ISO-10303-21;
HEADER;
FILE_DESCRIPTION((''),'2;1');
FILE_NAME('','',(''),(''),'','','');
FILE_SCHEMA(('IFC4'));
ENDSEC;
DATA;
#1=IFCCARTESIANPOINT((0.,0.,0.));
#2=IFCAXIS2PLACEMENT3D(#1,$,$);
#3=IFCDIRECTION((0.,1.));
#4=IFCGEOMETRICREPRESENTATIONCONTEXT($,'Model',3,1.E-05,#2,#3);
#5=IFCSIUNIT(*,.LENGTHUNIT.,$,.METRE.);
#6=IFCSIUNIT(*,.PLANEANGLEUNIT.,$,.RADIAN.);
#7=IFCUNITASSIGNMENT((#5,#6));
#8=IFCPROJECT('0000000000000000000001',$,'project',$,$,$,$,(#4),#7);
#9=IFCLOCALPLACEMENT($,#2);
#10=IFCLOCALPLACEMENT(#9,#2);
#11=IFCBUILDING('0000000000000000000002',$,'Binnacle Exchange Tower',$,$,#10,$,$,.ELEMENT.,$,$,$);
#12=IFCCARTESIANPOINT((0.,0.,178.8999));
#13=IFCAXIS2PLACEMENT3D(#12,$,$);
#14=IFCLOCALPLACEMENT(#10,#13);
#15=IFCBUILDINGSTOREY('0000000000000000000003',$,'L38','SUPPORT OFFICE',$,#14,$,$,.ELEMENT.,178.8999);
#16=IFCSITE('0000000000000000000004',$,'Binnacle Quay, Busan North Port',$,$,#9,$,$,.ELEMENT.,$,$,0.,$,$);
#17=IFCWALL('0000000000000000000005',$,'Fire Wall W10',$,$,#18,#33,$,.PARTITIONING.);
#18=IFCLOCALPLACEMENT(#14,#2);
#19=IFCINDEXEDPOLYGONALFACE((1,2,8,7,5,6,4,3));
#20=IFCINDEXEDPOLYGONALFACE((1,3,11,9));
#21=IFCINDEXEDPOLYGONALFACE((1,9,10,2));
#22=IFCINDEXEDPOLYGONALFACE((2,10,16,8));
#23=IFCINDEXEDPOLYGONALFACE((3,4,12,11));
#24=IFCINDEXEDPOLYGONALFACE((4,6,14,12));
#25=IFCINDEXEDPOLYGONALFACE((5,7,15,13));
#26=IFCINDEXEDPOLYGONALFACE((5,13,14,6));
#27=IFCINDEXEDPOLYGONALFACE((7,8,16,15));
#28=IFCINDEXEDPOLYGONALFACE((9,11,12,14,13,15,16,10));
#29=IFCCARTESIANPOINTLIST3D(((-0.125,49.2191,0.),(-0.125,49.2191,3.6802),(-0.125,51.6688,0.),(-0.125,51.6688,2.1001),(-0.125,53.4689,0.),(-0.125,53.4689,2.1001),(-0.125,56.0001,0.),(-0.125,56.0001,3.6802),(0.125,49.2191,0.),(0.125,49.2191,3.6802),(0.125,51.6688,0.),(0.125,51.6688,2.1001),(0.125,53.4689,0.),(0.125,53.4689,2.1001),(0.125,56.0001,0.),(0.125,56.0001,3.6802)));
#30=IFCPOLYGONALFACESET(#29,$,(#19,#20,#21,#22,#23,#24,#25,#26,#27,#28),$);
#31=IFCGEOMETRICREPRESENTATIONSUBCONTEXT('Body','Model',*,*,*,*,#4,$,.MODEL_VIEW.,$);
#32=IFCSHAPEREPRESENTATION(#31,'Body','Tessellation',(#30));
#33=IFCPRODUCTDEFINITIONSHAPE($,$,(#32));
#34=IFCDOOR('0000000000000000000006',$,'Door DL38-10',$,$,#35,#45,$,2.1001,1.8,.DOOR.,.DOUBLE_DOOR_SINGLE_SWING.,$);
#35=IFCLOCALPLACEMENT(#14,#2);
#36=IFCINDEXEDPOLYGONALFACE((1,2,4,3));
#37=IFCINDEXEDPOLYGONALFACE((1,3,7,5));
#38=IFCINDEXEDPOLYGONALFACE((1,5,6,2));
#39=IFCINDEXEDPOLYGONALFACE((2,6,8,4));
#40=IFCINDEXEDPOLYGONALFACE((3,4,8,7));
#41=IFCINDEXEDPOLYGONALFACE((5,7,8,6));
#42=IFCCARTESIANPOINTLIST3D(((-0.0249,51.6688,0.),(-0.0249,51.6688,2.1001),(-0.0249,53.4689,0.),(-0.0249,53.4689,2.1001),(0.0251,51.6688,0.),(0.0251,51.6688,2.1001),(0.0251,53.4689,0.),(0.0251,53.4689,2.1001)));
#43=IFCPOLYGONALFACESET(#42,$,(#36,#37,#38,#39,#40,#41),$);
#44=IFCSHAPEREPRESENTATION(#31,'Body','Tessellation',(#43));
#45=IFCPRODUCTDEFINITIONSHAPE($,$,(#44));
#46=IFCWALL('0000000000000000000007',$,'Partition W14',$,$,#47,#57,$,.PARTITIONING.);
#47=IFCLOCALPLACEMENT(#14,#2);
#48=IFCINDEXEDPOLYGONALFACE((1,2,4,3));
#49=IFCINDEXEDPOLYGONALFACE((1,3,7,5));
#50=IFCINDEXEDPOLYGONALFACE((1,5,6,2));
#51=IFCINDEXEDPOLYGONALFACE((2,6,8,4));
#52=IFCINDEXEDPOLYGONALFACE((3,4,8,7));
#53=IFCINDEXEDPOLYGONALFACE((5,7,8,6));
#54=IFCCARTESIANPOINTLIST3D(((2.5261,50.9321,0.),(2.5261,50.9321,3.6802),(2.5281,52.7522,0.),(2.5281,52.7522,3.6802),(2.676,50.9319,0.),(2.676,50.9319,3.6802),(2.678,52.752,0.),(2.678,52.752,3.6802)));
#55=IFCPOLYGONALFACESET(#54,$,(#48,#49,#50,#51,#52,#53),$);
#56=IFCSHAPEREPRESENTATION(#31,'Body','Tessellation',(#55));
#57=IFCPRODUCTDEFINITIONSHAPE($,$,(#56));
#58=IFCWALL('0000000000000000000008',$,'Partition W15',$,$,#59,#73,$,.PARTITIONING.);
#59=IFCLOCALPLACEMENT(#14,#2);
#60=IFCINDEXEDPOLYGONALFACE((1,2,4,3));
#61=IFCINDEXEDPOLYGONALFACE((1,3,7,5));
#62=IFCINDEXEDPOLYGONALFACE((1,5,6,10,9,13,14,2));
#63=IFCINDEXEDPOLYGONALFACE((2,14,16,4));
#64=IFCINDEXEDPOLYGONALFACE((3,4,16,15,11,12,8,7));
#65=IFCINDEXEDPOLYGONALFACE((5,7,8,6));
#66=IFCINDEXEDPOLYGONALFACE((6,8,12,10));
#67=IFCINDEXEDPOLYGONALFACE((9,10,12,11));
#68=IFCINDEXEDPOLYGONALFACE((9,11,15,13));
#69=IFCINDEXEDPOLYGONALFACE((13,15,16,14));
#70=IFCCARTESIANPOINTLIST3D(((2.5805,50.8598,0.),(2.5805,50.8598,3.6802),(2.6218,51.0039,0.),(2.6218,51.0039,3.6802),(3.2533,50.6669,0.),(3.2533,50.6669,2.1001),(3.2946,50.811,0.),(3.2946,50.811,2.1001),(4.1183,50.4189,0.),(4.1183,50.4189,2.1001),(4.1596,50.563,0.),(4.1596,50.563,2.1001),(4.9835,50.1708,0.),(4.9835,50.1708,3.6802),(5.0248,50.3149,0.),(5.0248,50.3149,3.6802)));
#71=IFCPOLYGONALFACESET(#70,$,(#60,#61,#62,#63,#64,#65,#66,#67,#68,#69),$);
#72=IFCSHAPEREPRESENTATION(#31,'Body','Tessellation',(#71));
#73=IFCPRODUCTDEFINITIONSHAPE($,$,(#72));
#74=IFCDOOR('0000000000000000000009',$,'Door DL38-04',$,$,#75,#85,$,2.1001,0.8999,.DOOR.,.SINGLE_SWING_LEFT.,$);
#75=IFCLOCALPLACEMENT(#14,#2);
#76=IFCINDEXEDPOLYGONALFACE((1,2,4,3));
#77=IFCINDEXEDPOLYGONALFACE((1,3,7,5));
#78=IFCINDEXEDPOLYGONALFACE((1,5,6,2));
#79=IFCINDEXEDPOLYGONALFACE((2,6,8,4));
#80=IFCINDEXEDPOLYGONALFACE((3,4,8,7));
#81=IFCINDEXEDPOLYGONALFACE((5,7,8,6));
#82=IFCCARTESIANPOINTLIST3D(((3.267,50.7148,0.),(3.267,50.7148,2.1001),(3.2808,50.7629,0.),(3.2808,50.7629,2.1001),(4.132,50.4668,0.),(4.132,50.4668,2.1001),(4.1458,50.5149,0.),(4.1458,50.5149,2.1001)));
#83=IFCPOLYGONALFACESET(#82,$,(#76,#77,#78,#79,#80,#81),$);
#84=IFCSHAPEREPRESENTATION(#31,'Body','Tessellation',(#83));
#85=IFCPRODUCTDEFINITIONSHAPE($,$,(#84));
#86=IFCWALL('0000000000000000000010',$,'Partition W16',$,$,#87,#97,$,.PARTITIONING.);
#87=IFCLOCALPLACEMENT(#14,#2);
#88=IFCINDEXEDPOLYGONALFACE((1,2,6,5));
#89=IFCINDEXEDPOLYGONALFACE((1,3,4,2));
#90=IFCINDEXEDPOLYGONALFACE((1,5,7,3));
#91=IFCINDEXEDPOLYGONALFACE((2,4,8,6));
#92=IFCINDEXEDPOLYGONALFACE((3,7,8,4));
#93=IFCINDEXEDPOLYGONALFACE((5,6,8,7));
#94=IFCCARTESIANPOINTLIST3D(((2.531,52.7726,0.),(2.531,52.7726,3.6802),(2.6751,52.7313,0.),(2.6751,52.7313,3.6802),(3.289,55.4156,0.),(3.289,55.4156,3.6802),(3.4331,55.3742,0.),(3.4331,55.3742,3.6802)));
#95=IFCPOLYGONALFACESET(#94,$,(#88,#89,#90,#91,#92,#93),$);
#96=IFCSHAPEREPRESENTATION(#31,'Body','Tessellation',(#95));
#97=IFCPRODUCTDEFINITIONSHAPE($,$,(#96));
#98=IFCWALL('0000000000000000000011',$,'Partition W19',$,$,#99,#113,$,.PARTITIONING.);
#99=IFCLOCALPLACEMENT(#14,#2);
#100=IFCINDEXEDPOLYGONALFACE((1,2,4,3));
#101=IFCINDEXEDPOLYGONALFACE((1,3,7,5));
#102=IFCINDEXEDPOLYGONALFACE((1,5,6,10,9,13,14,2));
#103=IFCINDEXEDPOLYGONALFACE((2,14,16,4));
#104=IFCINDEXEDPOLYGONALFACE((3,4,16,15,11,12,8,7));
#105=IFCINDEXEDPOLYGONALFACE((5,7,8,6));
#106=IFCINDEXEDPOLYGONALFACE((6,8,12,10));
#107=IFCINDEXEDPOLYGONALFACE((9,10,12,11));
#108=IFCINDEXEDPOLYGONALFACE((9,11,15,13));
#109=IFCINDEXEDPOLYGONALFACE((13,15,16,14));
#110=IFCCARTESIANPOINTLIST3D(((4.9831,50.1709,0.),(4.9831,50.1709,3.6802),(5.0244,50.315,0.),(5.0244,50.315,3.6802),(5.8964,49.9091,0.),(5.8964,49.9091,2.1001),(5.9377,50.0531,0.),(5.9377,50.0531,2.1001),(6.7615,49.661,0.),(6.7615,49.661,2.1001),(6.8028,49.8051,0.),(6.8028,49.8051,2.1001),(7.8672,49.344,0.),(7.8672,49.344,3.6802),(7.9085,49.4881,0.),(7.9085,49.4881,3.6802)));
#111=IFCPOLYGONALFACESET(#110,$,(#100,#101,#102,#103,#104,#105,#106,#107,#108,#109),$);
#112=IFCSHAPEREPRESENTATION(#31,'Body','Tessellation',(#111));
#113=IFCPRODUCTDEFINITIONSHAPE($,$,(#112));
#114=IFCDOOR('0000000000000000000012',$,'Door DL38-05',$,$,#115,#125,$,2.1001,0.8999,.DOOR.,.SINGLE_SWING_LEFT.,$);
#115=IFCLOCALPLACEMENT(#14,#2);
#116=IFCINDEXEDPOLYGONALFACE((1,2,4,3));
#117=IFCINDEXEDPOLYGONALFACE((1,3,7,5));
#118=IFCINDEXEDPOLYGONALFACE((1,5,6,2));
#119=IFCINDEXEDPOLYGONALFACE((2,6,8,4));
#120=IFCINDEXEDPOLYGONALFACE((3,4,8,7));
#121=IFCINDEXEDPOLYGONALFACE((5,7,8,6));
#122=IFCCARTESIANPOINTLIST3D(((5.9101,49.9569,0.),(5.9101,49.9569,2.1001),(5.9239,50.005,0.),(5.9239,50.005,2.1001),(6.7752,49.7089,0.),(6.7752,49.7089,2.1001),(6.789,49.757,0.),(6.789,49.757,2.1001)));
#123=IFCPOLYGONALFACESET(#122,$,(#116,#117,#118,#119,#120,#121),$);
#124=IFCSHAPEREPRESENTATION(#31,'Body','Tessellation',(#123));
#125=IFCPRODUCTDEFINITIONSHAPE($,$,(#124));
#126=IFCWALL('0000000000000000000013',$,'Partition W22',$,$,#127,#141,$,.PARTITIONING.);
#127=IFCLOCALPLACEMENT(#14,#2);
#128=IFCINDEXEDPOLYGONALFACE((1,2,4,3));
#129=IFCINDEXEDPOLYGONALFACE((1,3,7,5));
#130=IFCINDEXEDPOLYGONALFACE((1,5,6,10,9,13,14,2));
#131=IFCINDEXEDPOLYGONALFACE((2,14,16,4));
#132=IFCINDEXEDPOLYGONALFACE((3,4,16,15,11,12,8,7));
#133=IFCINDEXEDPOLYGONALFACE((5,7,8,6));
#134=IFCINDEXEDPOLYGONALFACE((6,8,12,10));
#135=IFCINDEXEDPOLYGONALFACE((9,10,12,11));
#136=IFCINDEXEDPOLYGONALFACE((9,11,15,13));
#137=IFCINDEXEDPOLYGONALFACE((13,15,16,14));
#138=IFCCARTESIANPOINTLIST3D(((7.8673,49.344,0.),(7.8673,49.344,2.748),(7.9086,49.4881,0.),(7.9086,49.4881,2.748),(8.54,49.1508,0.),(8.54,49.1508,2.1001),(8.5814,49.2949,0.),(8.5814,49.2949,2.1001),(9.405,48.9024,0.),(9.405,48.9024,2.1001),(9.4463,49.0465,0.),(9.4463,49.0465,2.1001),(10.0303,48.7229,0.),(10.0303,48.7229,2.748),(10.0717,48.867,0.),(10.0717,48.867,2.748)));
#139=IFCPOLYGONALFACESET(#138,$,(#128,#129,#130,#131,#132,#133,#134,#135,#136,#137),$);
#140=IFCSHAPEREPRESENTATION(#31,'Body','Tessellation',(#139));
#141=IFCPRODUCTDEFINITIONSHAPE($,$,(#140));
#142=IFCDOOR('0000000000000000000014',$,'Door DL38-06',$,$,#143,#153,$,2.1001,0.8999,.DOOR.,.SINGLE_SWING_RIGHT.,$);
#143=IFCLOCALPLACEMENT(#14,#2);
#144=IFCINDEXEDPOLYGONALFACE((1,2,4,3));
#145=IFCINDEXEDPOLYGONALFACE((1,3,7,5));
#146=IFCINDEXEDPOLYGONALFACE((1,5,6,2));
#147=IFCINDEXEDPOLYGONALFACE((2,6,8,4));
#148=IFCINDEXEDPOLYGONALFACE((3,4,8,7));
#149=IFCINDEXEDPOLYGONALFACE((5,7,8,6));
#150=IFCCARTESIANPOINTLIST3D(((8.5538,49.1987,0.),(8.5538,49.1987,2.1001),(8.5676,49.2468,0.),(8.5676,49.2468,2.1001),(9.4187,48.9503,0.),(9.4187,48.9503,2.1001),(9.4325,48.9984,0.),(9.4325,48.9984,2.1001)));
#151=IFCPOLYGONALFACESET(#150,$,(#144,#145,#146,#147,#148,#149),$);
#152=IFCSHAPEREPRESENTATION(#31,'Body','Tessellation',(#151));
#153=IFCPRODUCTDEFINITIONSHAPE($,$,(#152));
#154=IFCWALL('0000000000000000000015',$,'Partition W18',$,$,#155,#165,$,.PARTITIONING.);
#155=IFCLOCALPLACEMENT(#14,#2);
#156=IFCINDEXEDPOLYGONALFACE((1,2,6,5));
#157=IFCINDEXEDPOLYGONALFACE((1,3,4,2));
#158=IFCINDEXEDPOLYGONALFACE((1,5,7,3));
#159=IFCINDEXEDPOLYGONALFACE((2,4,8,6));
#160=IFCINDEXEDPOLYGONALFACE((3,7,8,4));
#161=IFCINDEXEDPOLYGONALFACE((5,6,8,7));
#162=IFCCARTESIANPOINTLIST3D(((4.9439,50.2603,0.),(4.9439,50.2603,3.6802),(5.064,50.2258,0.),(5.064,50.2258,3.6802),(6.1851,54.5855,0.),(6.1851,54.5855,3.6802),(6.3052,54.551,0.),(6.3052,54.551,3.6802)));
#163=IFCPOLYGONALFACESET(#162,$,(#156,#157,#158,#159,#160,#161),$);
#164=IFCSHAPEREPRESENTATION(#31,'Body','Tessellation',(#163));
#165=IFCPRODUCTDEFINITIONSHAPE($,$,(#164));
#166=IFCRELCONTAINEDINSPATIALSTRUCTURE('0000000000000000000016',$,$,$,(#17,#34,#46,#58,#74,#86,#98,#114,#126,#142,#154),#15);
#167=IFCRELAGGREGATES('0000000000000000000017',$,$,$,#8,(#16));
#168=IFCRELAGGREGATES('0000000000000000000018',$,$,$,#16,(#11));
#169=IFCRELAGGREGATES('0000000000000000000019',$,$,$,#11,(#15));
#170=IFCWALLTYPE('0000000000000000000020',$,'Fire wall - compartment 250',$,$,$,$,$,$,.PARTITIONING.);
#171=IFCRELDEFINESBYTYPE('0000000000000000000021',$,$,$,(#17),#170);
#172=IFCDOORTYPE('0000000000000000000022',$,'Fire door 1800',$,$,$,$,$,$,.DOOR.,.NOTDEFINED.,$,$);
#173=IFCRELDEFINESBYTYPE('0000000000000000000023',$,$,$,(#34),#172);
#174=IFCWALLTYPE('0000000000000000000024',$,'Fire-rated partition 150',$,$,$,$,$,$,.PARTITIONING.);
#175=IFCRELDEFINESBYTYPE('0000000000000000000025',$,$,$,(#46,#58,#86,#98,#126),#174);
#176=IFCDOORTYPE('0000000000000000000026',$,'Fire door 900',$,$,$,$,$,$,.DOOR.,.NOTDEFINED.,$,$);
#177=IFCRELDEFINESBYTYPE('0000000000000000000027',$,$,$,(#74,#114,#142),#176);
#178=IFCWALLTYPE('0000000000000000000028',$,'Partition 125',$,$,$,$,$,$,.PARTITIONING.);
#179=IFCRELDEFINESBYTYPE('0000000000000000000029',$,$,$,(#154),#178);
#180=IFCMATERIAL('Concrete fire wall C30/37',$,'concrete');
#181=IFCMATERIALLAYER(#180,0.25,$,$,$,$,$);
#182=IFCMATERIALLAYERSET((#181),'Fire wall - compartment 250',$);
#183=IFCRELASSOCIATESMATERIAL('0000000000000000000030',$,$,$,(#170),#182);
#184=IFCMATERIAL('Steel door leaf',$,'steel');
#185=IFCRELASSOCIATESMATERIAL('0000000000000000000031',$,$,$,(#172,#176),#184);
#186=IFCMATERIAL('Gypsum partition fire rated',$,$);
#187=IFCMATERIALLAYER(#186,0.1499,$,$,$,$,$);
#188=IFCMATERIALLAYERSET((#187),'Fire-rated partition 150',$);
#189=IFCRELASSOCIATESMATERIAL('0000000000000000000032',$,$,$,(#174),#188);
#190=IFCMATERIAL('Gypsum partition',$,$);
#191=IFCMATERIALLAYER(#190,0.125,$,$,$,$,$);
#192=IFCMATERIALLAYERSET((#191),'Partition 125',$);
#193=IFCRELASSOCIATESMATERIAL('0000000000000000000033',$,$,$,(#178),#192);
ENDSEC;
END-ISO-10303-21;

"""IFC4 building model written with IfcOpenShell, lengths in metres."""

from ifc_helpers import new_model, si_unit, direction, frame, frame_2d, origin, place, context, subcontext, project, spatial, rectangle, extrude, material, layer, layer_set, type_object, element, fill, save


model = new_model("IFC4")

# Units and contexts
model_context = context("Model", 3, precision=1e-05, world=origin(), true_north=direction((0.0, 1.0)))
body_context = subcontext(model_context, "Body", "Model", "MODEL_VIEW")
ifc_project = project(units=[si_unit("LENGTHUNIT", "METRE"), si_unit("PLANEANGLEUNIT", "RADIAN")], contexts=[model_context])

# Site, building, storey
site_placement = place(None, origin())
site = spatial("IfcSite", under=ifc_project, at=site_placement, Name="Binnacle Quay, Busan North Port", CompositionType="ELEMENT", RefElevation=0.0)
building_placement = place(site_placement, origin())
building = spatial("IfcBuilding", under=site, at=building_placement, Name="Binnacle Exchange Tower", CompositionType="ELEMENT")
storey_placement = place(building_placement, frame((0.0, 0.0, 178.8999)))
storey = spatial("IfcBuildingStorey", under=building, at=storey_placement, Name="L38", Description="SUPPORT OFFICE", CompositionType="ELEMENT", Elevation=178.8999)

# Wall, opening, door
ifc_material_1 = material(Name="Concrete fire wall C30/37", Category="concrete")
ifc_layer_1 = layer(ifc_material_1, 0.25)
ifc_layer_set_1 = layer_set([ifc_layer_1], Name="Fire wall - compartment 250")
wall_type_1 = type_object("IfcWallType", Name="Fire wall - compartment 250", PredefinedType="PARTITIONING", material=ifc_layer_set_1)
wall_1_placement = place(storey_placement, frame((0.0, 49.219, 0.0), z_axis=(0.0, 0.0, 1.0), x_axis=(0.0, 1.0, 0.0)))
wall_1 = element("IfcWall", 1, at=wall_1_placement, inside=storey, type_object=wall_type_1, Name="Fire Wall W10", PredefinedType="PARTITIONING", context=body_context, shape_type="SweptSolid", body=[
    extrude(rectangle(XDim=6.781, YDim=0.25, at=frame_2d((3.3906, 0.0))), origin(), (0.0, 0.0, 1.0), 3.6802),
])
opening_1_placement = place(wall_1_placement, frame((2.45, 0.0, 0.0)))
opening_1 = element("IfcOpeningElement", 2, at=opening_1_placement, cuts=wall_1, PredefinedType="OPENING", context=body_context, shape_type="SweptSolid", body=[
    extrude(rectangle(XDim=1.8, YDim=2.1001, at=frame_2d((0.8999, 1.05))), frame((0.0, 0.135, 0.0), z_axis=(0.0, -1.0, 0.0), x_axis=(1.0, 0.0, 0.0)), (0.0, 0.0, 1.0), 0.27),
])
ifc_material_2 = material(Name="Steel door leaf", Category="steel")
door_type_1 = type_object("IfcDoorType", Name="Fire door 1800", OperationType="NOTDEFINED", PredefinedType="DOOR", material=ifc_material_2)
door_1_placement = place(opening_1_placement, origin())
door_1 = element("IfcDoor", 3, at=door_1_placement, inside=storey, type_object=door_type_1, Name="Door DL38-10", OperationType="DOUBLE_DOOR_SINGLE_SWING", OverallHeight=2.1001, OverallWidth=1.8, PredefinedType="DOOR", context=body_context, shape_type="SweptSolid", body=[
    extrude(rectangle(XDim=1.8, YDim=2.1001, at=frame_2d((0.8999, 1.05))), frame((0.0, 0.0249, 0.0), z_axis=(0.0, -1.0, 0.0), x_axis=(1.0, 0.0, 0.0)), (0.0, 0.0, 1.0), 0.05),
])
fill(opening_1, door_1)

# Wall
ifc_material_3 = material(Name="Gypsum partition fire rated")
ifc_layer_2 = layer(ifc_material_3, 0.1499)
ifc_layer_set_2 = layer_set([ifc_layer_2], Name="Fire-rated partition 150")
wall_type_2 = type_object("IfcWallType", Name="Fire-rated partition 150", PredefinedType="PARTITIONING", material=ifc_layer_set_2)
wall_2_placement = place(storey_placement, frame((2.6011, 50.9319, 0.0), z_axis=(0.0, 0.0, 1.0), x_axis=(0.001073, 0.999999, 0.0)))
element("IfcWall", 4, at=wall_2_placement, inside=storey, type_object=wall_type_2, Name="Partition W14", PredefinedType="PARTITIONING", context=body_context, shape_type="SweptSolid", body=[
    extrude(rectangle(XDim=1.8201, YDim=0.1499, at=frame_2d((0.9102, 0.0))), origin(), (0.0, 0.0, 1.0), 3.6802),
])

# Wall, opening, door
wall_3_placement = place(storey_placement, frame((2.6011, 50.9319, 0.0), z_axis=(0.0, 0.0, 1.0), x_axis=(0.961266, -0.275624, 0.0)))
wall_3 = element("IfcWall", 5, at=wall_3_placement, inside=storey, type_object=wall_type_2, Name="Partition W15", PredefinedType="PARTITIONING", context=body_context, shape_type="SweptSolid", body=[
    extrude(rectangle(XDim=2.4998, YDim=0.1499, at=frame_2d((1.25, 0.0))), origin(), (0.0, 0.0, 1.0), 3.6802),
])
opening_2_placement = place(wall_3_placement, frame((0.7, 0.0, 0.0)))
opening_2 = element("IfcOpeningElement", 6, at=opening_2_placement, cuts=wall_3, PredefinedType="OPENING", context=body_context, shape_type="SweptSolid", body=[
    extrude(rectangle(XDim=0.8999, YDim=2.1001, at=frame_2d((0.45, 1.05))), frame((0.0, 0.085, 0.0), z_axis=(0.0, -1.0, 0.0), x_axis=(1.0, 0.0, 0.0)), (0.0, 0.0, 1.0), 0.1699),
])
door_type_2 = type_object("IfcDoorType", Name="Fire door 900", OperationType="NOTDEFINED", PredefinedType="DOOR", material=ifc_material_2)
door_2_placement = place(opening_2_placement, origin())
door_2 = element("IfcDoor", 7, at=door_2_placement, inside=storey, type_object=door_type_2, Name="Door DL38-04", OperationType="SINGLE_SWING_LEFT", OverallHeight=2.1001, OverallWidth=0.8999, PredefinedType="DOOR", context=body_context, shape_type="SweptSolid", body=[
    extrude(rectangle(XDim=0.8999, YDim=2.1001, at=frame_2d((0.45, 1.05))), frame((0.0, 0.0249, 0.0), z_axis=(0.0, -1.0, 0.0), x_axis=(1.0, 0.0, 0.0)), (0.0, 0.0, 1.0), 0.05),
])
fill(opening_2, door_2)

# Wall
wall_4_placement = place(storey_placement, frame((2.603, 52.752, 0.0), z_axis=(0.0, 0.0, 1.0), x_axis=(0.275694, 0.961245, 0.0)))
element("IfcWall", 8, at=wall_4_placement, inside=storey, type_object=wall_type_2, Name="Partition W16", PredefinedType="PARTITIONING", context=body_context, shape_type="SweptSolid", body=[
    extrude(rectangle(XDim=2.7495, YDim=0.1499, at=frame_2d((1.3748, 0.0))), origin(), (0.0, 0.0, 1.0), 3.6802),
])

# Walls, openings, doors
wall_5_placement = place(storey_placement, frame((5.0039, 50.2429, 0.0), z_axis=(0.0, 0.0, 1.0), x_axis=(0.961269, -0.275613, 0.0)))
wall_5 = element("IfcWall", 9, at=wall_5_placement, inside=storey, type_object=wall_type_2, Name="Partition W19", PredefinedType="PARTITIONING", context=body_context, shape_type="SweptSolid", body=[
    extrude(rectangle(XDim=3.0002, YDim=0.1499, at=frame_2d((1.5, 0.0))), origin(), (0.0, 0.0, 1.0), 3.6802),
])
opening_3_placement = place(wall_5_placement, frame((0.95, 0.0, 0.0)))
opening_3 = element("IfcOpeningElement", 10, at=opening_3_placement, cuts=wall_5, PredefinedType="OPENING", context=body_context, shape_type="SweptSolid", body=[
    extrude(rectangle(XDim=0.8999, YDim=2.1001, at=frame_2d((0.45, 1.05))), frame((0.0, 0.085, 0.0), z_axis=(0.0, -1.0, 0.0), x_axis=(1.0, 0.0, 0.0)), (0.0, 0.0, 1.0), 0.1699),
])
door_3_placement = place(opening_3_placement, origin())
door_3 = element("IfcDoor", 11, at=door_3_placement, inside=storey, type_object=door_type_2, Name="Door DL38-05", OperationType="SINGLE_SWING_LEFT", OverallHeight=2.1001, OverallWidth=0.8999, PredefinedType="DOOR", context=body_context, shape_type="SweptSolid", body=[
    extrude(rectangle(XDim=0.8999, YDim=2.1001, at=frame_2d((0.45, 1.05))), frame((0.0, 0.0249, 0.0), z_axis=(0.0, -1.0, 0.0), x_axis=(1.0, 0.0, 0.0)), (0.0, 0.0, 1.0), 0.05),
])
fill(opening_3, door_3)
wall_6_placement = place(storey_placement, frame((7.8879, 49.416, 0.0), z_axis=(0.0, 0.0, 1.0), x_axis=(0.961163, -0.275982, 0.0)))
wall_6 = element("IfcWall", 12, at=wall_6_placement, inside=storey, type_object=wall_type_2, Name="Partition W22", PredefinedType="PARTITIONING", context=body_context, shape_type="SweptSolid", body=[
    extrude(rectangle(XDim=2.2505, YDim=0.1499, at=frame_2d((1.1252, 0.0))), origin(), (0.0, 0.0, 1.0), 2.748),
])
opening_4_placement = place(wall_6_placement, frame((0.7, 0.0, 0.0)))
opening_4 = element("IfcOpeningElement", 13, at=opening_4_placement, cuts=wall_6, PredefinedType="OPENING", context=body_context, shape_type="SweptSolid", body=[
    extrude(rectangle(XDim=0.8999, YDim=2.1001, at=frame_2d((0.45, 1.05))), frame((0.0, 0.085, 0.0), z_axis=(0.0, -1.0, 0.0), x_axis=(1.0, 0.0, 0.0)), (0.0, 0.0, 1.0), 0.1699),
])
door_4_placement = place(opening_4_placement, origin())
door_4 = element("IfcDoor", 14, at=door_4_placement, inside=storey, type_object=door_type_2, Name="Door DL38-06", OperationType="SINGLE_SWING_RIGHT", OverallHeight=2.1001, OverallWidth=0.8999, PredefinedType="DOOR", context=body_context, shape_type="SweptSolid", body=[
    extrude(rectangle(XDim=0.8999, YDim=2.1001, at=frame_2d((0.45, 1.05))), frame((0.0, 0.0249, 0.0), z_axis=(0.0, -1.0, 0.0), x_axis=(1.0, 0.0, 0.0)), (0.0, 0.0, 1.0), 0.05),
])
fill(opening_4, door_4)

# Wall
ifc_material_4 = material(Name="Gypsum partition")
ifc_layer_3 = layer(ifc_material_4, 0.125)
ifc_layer_set_3 = layer_set([ifc_layer_3], Name="Partition 125")
wall_type_3 = type_object("IfcWallType", Name="Partition 125", PredefinedType="PARTITIONING", material=ifc_layer_set_3)
wall_7_placement = place(storey_placement, frame((5.0039, 50.2429, 0.0), z_axis=(0.0, 0.0, 1.0), x_axis=(0.275839, 0.961204, 0.0)))
element("IfcWall", 15, at=wall_7_placement, inside=storey, type_object=wall_type_3, Name="Partition W18", PredefinedType="PARTITIONING", context=body_context, shape_type="SweptSolid", body=[
    extrude(rectangle(XDim=4.4998, YDim=0.125, at=frame_2d((2.25, 0.0))), origin(), (0.0, 0.0, 1.0), 3.6802),
])

save(model, "model.ifc")
